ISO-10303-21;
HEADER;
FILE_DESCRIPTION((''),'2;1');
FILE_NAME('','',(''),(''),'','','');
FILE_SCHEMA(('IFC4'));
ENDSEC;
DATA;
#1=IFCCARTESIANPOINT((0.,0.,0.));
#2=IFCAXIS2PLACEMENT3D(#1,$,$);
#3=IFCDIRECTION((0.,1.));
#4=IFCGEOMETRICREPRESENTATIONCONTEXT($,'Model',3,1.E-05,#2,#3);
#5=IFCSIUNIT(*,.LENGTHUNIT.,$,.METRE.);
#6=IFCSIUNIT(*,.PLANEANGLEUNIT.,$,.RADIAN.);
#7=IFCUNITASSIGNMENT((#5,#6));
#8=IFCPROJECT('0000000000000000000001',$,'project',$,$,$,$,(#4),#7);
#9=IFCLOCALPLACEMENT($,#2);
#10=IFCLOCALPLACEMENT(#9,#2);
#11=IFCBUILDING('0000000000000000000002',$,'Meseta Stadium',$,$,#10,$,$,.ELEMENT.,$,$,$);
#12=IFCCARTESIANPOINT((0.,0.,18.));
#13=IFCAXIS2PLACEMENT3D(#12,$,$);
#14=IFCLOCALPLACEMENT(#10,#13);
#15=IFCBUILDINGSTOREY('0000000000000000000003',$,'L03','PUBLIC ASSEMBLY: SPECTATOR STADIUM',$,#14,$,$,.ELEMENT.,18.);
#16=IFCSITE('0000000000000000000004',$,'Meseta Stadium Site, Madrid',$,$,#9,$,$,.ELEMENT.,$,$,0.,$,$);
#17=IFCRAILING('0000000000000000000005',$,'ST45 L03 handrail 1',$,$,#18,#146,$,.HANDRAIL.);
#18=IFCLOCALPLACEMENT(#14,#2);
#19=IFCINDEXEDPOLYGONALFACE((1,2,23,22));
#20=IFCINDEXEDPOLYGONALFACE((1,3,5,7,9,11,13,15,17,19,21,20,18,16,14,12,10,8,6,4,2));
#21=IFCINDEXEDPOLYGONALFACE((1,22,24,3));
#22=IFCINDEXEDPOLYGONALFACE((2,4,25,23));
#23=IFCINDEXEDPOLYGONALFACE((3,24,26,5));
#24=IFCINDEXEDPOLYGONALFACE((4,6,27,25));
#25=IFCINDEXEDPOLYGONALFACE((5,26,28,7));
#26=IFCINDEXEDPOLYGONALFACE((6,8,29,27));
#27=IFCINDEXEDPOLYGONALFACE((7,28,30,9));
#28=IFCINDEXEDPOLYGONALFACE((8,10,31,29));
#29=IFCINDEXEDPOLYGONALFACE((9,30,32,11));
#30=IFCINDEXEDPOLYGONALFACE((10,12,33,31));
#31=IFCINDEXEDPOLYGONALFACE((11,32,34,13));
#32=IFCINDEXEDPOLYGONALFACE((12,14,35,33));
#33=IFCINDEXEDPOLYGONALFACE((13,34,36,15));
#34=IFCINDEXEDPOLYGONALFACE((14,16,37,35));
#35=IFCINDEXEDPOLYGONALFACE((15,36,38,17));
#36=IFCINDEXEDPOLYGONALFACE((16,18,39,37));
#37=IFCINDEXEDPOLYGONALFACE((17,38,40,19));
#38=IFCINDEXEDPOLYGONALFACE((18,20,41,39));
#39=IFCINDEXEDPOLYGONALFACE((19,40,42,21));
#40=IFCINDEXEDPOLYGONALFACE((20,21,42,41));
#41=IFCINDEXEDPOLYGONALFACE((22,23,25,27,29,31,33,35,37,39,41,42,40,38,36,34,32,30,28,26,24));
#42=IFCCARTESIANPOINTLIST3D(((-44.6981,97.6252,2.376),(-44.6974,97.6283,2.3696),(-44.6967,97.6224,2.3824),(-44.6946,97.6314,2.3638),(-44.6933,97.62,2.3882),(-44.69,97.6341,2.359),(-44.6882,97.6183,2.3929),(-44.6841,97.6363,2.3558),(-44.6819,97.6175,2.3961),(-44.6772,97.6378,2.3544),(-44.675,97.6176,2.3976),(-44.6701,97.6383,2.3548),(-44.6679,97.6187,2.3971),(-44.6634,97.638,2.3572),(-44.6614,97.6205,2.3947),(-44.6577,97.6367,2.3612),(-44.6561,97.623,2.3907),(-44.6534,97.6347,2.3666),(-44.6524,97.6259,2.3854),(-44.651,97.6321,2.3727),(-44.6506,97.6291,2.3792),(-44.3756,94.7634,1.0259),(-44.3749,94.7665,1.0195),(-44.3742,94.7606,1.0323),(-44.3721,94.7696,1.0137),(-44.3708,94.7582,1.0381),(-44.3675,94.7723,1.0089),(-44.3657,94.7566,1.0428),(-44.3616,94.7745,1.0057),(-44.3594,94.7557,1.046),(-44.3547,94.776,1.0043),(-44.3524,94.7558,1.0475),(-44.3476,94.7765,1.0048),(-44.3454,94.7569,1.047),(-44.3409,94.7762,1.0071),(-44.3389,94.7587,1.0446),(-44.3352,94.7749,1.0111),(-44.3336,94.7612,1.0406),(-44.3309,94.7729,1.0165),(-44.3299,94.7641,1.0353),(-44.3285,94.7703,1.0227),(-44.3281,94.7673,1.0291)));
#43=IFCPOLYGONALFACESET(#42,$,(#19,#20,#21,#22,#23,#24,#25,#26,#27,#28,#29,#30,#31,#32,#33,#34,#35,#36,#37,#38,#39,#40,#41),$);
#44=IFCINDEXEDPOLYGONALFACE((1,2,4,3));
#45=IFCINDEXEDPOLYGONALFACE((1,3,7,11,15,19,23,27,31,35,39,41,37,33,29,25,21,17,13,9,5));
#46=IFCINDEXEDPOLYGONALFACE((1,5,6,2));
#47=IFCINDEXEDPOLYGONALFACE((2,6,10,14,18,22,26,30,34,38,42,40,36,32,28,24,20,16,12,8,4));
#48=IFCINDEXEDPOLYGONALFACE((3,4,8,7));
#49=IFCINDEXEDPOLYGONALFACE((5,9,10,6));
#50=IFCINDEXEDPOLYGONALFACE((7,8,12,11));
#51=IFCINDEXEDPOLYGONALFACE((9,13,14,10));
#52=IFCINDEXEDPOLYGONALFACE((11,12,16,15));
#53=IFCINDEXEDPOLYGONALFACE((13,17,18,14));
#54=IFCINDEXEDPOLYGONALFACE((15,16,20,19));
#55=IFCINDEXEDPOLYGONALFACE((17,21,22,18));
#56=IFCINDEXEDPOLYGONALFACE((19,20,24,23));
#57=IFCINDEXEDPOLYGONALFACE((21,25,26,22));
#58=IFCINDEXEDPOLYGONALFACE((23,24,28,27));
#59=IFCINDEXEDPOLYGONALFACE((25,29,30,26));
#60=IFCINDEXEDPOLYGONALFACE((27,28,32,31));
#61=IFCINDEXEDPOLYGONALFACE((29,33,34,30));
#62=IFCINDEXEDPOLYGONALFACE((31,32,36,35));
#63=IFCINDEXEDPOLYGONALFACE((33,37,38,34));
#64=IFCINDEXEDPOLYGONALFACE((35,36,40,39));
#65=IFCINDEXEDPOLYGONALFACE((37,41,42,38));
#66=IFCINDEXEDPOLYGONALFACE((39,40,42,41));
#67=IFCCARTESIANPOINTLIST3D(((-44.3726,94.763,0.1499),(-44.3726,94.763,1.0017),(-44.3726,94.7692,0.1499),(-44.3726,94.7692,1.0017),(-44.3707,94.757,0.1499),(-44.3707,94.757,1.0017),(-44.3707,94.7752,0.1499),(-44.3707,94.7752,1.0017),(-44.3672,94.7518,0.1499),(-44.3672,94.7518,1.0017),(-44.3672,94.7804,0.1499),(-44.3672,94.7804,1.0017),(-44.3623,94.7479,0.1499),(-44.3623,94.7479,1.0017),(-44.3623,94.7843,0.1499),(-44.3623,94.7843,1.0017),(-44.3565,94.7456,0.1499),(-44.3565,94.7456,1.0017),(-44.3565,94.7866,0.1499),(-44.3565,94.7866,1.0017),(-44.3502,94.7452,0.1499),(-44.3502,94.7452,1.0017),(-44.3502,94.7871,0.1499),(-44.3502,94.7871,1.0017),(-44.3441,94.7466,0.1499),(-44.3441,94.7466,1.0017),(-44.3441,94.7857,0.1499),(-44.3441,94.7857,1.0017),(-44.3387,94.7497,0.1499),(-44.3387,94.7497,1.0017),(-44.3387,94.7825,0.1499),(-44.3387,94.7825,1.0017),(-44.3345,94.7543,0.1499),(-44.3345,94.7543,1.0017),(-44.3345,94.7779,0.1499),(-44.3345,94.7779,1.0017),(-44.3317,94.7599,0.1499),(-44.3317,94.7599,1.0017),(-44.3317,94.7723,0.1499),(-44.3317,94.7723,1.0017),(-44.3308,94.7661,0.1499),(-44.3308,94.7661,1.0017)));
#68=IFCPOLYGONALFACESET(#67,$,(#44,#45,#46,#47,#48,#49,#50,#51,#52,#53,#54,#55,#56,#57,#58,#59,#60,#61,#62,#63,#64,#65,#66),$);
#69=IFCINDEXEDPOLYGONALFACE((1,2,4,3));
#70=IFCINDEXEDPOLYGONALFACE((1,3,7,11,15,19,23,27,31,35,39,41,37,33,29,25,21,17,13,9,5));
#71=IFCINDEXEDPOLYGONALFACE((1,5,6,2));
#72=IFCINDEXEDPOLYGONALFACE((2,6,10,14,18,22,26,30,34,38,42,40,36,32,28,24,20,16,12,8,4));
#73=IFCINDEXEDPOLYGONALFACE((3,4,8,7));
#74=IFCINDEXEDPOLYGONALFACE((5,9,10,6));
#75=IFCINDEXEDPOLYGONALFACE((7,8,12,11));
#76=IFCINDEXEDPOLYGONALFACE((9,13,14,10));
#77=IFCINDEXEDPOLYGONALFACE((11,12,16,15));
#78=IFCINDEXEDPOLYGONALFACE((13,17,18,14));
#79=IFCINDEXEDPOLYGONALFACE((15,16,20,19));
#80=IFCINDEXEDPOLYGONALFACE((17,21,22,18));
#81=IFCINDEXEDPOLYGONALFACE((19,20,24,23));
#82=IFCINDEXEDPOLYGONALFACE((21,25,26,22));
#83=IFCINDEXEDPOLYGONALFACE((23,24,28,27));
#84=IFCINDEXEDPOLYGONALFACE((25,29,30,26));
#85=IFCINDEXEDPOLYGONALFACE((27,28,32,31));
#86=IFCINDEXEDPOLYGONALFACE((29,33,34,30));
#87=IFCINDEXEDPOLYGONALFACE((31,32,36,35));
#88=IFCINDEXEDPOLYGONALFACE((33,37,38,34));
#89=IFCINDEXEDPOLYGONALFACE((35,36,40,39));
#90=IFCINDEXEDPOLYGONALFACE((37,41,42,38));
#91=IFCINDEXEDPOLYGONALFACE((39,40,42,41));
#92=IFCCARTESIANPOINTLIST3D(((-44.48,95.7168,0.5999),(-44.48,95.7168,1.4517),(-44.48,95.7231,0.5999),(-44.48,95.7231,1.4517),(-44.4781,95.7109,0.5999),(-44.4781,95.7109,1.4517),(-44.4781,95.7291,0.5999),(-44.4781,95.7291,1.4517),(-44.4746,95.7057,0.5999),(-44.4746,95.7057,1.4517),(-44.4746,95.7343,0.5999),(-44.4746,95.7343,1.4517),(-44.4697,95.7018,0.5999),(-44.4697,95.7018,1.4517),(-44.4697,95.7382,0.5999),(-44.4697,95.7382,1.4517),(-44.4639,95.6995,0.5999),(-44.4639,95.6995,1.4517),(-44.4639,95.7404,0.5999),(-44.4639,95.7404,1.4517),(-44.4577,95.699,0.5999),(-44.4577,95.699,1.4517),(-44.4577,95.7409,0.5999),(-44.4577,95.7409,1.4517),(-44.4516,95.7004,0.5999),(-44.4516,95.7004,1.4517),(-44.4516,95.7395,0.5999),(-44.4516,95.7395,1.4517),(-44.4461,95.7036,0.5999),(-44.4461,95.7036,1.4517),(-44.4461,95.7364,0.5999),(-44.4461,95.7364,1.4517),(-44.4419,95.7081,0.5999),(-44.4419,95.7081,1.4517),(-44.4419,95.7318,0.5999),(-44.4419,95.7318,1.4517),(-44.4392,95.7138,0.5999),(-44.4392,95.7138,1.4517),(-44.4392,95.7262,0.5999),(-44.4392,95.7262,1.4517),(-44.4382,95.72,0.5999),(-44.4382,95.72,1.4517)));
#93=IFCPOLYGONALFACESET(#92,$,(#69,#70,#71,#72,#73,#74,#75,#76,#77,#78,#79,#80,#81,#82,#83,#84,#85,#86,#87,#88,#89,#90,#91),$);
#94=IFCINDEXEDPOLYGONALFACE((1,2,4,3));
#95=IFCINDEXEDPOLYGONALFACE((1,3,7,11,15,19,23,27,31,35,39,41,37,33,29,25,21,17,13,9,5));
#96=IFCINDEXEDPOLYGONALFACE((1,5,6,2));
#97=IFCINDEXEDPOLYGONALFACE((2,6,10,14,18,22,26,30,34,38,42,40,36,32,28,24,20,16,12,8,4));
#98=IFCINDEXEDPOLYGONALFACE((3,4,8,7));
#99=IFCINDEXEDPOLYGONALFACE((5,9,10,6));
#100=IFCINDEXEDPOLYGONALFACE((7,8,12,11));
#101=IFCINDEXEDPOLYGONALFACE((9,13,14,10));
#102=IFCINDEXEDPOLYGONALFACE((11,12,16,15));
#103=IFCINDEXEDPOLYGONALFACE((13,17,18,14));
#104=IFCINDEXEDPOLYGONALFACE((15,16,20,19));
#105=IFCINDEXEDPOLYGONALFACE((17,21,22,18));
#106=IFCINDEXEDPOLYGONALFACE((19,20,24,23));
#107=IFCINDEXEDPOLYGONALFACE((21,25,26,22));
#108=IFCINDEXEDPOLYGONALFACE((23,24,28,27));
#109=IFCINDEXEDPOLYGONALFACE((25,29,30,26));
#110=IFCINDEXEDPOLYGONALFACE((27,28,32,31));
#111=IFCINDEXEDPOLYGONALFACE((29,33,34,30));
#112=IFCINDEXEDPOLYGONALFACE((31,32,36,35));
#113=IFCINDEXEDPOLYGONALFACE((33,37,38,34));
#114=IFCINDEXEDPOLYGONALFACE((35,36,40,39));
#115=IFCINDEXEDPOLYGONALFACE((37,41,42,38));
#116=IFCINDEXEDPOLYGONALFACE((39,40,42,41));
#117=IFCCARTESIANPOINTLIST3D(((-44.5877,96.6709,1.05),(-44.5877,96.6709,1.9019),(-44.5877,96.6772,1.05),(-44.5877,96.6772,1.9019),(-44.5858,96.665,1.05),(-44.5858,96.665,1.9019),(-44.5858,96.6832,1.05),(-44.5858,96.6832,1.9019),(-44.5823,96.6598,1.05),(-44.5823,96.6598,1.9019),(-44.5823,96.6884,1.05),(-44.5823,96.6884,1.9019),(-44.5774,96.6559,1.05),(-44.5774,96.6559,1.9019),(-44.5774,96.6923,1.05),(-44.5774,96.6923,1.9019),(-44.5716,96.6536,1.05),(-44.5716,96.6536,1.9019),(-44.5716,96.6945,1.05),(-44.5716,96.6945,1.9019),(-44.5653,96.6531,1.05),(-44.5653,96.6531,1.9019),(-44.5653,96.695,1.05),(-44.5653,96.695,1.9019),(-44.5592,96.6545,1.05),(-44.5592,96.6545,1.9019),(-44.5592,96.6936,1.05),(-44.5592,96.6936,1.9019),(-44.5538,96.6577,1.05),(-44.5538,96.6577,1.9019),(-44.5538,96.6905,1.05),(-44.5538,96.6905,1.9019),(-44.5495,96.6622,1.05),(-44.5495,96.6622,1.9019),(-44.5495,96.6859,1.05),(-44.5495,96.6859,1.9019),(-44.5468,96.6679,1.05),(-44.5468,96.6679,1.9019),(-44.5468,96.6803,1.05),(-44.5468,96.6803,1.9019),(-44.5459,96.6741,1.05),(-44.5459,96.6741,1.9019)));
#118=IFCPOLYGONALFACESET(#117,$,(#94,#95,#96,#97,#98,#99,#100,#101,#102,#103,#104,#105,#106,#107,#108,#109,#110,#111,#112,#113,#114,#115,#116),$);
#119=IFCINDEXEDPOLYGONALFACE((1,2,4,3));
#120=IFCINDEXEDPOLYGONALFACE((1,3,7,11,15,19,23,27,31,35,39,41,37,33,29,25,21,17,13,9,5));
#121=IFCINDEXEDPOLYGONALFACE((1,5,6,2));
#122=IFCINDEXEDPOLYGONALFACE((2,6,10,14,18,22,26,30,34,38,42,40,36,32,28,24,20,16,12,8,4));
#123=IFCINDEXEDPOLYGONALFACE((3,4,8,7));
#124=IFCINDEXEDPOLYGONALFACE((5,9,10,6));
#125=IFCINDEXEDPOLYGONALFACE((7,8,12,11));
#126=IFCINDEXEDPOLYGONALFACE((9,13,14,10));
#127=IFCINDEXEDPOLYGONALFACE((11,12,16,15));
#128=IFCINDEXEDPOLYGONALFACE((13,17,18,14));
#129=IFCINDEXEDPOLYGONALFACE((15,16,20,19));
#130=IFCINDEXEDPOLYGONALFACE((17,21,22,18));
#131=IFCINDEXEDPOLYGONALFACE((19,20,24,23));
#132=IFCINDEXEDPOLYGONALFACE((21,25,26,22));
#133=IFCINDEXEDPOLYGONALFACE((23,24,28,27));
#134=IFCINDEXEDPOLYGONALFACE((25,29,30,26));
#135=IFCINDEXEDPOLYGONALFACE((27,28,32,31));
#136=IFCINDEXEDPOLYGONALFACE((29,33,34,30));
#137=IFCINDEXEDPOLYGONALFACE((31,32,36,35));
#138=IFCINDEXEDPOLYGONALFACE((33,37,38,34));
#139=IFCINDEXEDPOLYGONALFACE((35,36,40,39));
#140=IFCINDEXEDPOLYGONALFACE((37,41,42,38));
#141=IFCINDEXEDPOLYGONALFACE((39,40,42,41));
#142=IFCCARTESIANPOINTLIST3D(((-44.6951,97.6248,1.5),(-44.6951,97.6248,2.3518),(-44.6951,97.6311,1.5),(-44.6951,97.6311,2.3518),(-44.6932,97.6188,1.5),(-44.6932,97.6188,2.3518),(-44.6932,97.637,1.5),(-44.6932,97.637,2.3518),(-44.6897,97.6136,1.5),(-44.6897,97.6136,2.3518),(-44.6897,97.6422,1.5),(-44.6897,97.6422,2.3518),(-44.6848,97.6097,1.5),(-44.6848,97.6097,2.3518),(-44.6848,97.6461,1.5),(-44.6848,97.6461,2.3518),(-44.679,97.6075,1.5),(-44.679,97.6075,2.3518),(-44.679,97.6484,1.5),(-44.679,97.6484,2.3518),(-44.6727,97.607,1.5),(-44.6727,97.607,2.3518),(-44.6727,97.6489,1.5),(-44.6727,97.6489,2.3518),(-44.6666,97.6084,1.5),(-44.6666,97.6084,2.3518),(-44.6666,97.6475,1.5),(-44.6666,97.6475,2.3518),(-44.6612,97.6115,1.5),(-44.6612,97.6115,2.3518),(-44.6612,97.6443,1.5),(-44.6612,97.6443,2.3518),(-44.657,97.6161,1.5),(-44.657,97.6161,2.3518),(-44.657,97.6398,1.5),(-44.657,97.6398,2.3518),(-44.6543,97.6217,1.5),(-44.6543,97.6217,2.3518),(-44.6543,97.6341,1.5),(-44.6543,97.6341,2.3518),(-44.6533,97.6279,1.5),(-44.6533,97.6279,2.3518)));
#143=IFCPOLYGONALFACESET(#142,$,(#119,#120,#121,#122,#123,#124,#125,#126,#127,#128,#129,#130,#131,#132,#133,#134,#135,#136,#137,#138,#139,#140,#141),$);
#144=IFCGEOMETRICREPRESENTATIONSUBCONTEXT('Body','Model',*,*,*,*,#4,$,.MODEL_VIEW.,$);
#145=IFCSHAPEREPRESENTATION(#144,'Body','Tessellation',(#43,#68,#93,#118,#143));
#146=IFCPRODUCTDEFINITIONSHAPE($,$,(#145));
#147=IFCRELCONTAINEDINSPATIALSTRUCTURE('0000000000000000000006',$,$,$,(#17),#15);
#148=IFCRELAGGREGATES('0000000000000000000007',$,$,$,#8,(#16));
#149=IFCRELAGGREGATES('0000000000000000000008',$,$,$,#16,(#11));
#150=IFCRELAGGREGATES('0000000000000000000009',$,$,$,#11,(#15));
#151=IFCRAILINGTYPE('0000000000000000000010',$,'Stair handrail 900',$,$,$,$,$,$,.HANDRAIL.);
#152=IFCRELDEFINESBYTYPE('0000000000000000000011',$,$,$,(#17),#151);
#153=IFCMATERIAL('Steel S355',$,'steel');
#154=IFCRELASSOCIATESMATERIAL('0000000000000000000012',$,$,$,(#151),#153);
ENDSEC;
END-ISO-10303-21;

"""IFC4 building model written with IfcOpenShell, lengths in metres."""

from ifc_helpers import new_model, si_unit, direction, frame, origin, origin_2d, place, context, subcontext, project, spatial, circle, extrude, material, type_object, element, save


model = new_model("IFC4")

# Units and contexts
model_context = context("Model", 3, precision=1e-05, world=origin(), true_north=direction((0.0, 1.0)))
body_context = subcontext(model_context, "Body", "Model", "MODEL_VIEW")
ifc_project = project(units=[si_unit("LENGTHUNIT", "METRE"), si_unit("PLANEANGLEUNIT", "RADIAN")], contexts=[model_context])

# Site, building, storey
site_placement = place(None, origin())
site = spatial("IfcSite", under=ifc_project, at=site_placement, Name="Meseta Stadium Site, Madrid", CompositionType="ELEMENT", RefElevation=0.0)
building_placement = place(site_placement, origin())
building = spatial("IfcBuilding", under=site, at=building_placement, Name="Meseta Stadium", CompositionType="ELEMENT")
storey_placement = place(building_placement, frame((0.0, 0.0, 18.0)))
storey = spatial("IfcBuildingStorey", under=building, at=storey_placement, Name="L03", Description="PUBLIC ASSEMBLY: SPECTATOR STADIUM", CompositionType="ELEMENT", Elevation=18.0)

# Railing
ifc_material_1 = material(Name="Steel S355", Category="steel")
railing_type_1 = type_object("IfcRailingType", Name="Stair handrail 900", PredefinedType="HANDRAIL", material=ifc_material_1)
railing_1_placement = place(storey_placement, frame((-44.3518, 94.7661, 0.1499)))
element("IfcRailing", 1, at=railing_1_placement, inside=storey, type_object=railing_type_1, Name="ST45 L03 handrail 1", PredefinedType="HANDRAIL", context=body_context, shape_type="SweptSolid", body=[
    extrude(circle(Radius=0.0239, at=origin_2d()), frame((0.0, 0.0, 0.876), z_axis=(-0.101396, 0.899748, 0.424467), x_axis=(-0.99371, -0.111985, 0.0)), (0.0, 0.0, 1.0), 3.1807),
    extrude(circle(Radius=0.021, at=origin_2d()), origin(), (0.0, 0.0, 1.0), 0.8518),
    extrude(circle(Radius=0.021, at=origin_2d()), frame((-0.1074, 0.9539, 0.45)), (0.0, 0.0, 1.0), 0.8518),
    extrude(circle(Radius=0.021, at=origin_2d()), frame((-0.2151, 1.908, 0.9001)), (0.0, 0.0, 1.0), 0.8518),
    extrude(circle(Radius=0.021, at=origin_2d()), frame((-0.3225, 2.8618, 1.3501)), (0.0, 0.0, 1.0), 0.8518),
])

save(model, "model.ifc")
